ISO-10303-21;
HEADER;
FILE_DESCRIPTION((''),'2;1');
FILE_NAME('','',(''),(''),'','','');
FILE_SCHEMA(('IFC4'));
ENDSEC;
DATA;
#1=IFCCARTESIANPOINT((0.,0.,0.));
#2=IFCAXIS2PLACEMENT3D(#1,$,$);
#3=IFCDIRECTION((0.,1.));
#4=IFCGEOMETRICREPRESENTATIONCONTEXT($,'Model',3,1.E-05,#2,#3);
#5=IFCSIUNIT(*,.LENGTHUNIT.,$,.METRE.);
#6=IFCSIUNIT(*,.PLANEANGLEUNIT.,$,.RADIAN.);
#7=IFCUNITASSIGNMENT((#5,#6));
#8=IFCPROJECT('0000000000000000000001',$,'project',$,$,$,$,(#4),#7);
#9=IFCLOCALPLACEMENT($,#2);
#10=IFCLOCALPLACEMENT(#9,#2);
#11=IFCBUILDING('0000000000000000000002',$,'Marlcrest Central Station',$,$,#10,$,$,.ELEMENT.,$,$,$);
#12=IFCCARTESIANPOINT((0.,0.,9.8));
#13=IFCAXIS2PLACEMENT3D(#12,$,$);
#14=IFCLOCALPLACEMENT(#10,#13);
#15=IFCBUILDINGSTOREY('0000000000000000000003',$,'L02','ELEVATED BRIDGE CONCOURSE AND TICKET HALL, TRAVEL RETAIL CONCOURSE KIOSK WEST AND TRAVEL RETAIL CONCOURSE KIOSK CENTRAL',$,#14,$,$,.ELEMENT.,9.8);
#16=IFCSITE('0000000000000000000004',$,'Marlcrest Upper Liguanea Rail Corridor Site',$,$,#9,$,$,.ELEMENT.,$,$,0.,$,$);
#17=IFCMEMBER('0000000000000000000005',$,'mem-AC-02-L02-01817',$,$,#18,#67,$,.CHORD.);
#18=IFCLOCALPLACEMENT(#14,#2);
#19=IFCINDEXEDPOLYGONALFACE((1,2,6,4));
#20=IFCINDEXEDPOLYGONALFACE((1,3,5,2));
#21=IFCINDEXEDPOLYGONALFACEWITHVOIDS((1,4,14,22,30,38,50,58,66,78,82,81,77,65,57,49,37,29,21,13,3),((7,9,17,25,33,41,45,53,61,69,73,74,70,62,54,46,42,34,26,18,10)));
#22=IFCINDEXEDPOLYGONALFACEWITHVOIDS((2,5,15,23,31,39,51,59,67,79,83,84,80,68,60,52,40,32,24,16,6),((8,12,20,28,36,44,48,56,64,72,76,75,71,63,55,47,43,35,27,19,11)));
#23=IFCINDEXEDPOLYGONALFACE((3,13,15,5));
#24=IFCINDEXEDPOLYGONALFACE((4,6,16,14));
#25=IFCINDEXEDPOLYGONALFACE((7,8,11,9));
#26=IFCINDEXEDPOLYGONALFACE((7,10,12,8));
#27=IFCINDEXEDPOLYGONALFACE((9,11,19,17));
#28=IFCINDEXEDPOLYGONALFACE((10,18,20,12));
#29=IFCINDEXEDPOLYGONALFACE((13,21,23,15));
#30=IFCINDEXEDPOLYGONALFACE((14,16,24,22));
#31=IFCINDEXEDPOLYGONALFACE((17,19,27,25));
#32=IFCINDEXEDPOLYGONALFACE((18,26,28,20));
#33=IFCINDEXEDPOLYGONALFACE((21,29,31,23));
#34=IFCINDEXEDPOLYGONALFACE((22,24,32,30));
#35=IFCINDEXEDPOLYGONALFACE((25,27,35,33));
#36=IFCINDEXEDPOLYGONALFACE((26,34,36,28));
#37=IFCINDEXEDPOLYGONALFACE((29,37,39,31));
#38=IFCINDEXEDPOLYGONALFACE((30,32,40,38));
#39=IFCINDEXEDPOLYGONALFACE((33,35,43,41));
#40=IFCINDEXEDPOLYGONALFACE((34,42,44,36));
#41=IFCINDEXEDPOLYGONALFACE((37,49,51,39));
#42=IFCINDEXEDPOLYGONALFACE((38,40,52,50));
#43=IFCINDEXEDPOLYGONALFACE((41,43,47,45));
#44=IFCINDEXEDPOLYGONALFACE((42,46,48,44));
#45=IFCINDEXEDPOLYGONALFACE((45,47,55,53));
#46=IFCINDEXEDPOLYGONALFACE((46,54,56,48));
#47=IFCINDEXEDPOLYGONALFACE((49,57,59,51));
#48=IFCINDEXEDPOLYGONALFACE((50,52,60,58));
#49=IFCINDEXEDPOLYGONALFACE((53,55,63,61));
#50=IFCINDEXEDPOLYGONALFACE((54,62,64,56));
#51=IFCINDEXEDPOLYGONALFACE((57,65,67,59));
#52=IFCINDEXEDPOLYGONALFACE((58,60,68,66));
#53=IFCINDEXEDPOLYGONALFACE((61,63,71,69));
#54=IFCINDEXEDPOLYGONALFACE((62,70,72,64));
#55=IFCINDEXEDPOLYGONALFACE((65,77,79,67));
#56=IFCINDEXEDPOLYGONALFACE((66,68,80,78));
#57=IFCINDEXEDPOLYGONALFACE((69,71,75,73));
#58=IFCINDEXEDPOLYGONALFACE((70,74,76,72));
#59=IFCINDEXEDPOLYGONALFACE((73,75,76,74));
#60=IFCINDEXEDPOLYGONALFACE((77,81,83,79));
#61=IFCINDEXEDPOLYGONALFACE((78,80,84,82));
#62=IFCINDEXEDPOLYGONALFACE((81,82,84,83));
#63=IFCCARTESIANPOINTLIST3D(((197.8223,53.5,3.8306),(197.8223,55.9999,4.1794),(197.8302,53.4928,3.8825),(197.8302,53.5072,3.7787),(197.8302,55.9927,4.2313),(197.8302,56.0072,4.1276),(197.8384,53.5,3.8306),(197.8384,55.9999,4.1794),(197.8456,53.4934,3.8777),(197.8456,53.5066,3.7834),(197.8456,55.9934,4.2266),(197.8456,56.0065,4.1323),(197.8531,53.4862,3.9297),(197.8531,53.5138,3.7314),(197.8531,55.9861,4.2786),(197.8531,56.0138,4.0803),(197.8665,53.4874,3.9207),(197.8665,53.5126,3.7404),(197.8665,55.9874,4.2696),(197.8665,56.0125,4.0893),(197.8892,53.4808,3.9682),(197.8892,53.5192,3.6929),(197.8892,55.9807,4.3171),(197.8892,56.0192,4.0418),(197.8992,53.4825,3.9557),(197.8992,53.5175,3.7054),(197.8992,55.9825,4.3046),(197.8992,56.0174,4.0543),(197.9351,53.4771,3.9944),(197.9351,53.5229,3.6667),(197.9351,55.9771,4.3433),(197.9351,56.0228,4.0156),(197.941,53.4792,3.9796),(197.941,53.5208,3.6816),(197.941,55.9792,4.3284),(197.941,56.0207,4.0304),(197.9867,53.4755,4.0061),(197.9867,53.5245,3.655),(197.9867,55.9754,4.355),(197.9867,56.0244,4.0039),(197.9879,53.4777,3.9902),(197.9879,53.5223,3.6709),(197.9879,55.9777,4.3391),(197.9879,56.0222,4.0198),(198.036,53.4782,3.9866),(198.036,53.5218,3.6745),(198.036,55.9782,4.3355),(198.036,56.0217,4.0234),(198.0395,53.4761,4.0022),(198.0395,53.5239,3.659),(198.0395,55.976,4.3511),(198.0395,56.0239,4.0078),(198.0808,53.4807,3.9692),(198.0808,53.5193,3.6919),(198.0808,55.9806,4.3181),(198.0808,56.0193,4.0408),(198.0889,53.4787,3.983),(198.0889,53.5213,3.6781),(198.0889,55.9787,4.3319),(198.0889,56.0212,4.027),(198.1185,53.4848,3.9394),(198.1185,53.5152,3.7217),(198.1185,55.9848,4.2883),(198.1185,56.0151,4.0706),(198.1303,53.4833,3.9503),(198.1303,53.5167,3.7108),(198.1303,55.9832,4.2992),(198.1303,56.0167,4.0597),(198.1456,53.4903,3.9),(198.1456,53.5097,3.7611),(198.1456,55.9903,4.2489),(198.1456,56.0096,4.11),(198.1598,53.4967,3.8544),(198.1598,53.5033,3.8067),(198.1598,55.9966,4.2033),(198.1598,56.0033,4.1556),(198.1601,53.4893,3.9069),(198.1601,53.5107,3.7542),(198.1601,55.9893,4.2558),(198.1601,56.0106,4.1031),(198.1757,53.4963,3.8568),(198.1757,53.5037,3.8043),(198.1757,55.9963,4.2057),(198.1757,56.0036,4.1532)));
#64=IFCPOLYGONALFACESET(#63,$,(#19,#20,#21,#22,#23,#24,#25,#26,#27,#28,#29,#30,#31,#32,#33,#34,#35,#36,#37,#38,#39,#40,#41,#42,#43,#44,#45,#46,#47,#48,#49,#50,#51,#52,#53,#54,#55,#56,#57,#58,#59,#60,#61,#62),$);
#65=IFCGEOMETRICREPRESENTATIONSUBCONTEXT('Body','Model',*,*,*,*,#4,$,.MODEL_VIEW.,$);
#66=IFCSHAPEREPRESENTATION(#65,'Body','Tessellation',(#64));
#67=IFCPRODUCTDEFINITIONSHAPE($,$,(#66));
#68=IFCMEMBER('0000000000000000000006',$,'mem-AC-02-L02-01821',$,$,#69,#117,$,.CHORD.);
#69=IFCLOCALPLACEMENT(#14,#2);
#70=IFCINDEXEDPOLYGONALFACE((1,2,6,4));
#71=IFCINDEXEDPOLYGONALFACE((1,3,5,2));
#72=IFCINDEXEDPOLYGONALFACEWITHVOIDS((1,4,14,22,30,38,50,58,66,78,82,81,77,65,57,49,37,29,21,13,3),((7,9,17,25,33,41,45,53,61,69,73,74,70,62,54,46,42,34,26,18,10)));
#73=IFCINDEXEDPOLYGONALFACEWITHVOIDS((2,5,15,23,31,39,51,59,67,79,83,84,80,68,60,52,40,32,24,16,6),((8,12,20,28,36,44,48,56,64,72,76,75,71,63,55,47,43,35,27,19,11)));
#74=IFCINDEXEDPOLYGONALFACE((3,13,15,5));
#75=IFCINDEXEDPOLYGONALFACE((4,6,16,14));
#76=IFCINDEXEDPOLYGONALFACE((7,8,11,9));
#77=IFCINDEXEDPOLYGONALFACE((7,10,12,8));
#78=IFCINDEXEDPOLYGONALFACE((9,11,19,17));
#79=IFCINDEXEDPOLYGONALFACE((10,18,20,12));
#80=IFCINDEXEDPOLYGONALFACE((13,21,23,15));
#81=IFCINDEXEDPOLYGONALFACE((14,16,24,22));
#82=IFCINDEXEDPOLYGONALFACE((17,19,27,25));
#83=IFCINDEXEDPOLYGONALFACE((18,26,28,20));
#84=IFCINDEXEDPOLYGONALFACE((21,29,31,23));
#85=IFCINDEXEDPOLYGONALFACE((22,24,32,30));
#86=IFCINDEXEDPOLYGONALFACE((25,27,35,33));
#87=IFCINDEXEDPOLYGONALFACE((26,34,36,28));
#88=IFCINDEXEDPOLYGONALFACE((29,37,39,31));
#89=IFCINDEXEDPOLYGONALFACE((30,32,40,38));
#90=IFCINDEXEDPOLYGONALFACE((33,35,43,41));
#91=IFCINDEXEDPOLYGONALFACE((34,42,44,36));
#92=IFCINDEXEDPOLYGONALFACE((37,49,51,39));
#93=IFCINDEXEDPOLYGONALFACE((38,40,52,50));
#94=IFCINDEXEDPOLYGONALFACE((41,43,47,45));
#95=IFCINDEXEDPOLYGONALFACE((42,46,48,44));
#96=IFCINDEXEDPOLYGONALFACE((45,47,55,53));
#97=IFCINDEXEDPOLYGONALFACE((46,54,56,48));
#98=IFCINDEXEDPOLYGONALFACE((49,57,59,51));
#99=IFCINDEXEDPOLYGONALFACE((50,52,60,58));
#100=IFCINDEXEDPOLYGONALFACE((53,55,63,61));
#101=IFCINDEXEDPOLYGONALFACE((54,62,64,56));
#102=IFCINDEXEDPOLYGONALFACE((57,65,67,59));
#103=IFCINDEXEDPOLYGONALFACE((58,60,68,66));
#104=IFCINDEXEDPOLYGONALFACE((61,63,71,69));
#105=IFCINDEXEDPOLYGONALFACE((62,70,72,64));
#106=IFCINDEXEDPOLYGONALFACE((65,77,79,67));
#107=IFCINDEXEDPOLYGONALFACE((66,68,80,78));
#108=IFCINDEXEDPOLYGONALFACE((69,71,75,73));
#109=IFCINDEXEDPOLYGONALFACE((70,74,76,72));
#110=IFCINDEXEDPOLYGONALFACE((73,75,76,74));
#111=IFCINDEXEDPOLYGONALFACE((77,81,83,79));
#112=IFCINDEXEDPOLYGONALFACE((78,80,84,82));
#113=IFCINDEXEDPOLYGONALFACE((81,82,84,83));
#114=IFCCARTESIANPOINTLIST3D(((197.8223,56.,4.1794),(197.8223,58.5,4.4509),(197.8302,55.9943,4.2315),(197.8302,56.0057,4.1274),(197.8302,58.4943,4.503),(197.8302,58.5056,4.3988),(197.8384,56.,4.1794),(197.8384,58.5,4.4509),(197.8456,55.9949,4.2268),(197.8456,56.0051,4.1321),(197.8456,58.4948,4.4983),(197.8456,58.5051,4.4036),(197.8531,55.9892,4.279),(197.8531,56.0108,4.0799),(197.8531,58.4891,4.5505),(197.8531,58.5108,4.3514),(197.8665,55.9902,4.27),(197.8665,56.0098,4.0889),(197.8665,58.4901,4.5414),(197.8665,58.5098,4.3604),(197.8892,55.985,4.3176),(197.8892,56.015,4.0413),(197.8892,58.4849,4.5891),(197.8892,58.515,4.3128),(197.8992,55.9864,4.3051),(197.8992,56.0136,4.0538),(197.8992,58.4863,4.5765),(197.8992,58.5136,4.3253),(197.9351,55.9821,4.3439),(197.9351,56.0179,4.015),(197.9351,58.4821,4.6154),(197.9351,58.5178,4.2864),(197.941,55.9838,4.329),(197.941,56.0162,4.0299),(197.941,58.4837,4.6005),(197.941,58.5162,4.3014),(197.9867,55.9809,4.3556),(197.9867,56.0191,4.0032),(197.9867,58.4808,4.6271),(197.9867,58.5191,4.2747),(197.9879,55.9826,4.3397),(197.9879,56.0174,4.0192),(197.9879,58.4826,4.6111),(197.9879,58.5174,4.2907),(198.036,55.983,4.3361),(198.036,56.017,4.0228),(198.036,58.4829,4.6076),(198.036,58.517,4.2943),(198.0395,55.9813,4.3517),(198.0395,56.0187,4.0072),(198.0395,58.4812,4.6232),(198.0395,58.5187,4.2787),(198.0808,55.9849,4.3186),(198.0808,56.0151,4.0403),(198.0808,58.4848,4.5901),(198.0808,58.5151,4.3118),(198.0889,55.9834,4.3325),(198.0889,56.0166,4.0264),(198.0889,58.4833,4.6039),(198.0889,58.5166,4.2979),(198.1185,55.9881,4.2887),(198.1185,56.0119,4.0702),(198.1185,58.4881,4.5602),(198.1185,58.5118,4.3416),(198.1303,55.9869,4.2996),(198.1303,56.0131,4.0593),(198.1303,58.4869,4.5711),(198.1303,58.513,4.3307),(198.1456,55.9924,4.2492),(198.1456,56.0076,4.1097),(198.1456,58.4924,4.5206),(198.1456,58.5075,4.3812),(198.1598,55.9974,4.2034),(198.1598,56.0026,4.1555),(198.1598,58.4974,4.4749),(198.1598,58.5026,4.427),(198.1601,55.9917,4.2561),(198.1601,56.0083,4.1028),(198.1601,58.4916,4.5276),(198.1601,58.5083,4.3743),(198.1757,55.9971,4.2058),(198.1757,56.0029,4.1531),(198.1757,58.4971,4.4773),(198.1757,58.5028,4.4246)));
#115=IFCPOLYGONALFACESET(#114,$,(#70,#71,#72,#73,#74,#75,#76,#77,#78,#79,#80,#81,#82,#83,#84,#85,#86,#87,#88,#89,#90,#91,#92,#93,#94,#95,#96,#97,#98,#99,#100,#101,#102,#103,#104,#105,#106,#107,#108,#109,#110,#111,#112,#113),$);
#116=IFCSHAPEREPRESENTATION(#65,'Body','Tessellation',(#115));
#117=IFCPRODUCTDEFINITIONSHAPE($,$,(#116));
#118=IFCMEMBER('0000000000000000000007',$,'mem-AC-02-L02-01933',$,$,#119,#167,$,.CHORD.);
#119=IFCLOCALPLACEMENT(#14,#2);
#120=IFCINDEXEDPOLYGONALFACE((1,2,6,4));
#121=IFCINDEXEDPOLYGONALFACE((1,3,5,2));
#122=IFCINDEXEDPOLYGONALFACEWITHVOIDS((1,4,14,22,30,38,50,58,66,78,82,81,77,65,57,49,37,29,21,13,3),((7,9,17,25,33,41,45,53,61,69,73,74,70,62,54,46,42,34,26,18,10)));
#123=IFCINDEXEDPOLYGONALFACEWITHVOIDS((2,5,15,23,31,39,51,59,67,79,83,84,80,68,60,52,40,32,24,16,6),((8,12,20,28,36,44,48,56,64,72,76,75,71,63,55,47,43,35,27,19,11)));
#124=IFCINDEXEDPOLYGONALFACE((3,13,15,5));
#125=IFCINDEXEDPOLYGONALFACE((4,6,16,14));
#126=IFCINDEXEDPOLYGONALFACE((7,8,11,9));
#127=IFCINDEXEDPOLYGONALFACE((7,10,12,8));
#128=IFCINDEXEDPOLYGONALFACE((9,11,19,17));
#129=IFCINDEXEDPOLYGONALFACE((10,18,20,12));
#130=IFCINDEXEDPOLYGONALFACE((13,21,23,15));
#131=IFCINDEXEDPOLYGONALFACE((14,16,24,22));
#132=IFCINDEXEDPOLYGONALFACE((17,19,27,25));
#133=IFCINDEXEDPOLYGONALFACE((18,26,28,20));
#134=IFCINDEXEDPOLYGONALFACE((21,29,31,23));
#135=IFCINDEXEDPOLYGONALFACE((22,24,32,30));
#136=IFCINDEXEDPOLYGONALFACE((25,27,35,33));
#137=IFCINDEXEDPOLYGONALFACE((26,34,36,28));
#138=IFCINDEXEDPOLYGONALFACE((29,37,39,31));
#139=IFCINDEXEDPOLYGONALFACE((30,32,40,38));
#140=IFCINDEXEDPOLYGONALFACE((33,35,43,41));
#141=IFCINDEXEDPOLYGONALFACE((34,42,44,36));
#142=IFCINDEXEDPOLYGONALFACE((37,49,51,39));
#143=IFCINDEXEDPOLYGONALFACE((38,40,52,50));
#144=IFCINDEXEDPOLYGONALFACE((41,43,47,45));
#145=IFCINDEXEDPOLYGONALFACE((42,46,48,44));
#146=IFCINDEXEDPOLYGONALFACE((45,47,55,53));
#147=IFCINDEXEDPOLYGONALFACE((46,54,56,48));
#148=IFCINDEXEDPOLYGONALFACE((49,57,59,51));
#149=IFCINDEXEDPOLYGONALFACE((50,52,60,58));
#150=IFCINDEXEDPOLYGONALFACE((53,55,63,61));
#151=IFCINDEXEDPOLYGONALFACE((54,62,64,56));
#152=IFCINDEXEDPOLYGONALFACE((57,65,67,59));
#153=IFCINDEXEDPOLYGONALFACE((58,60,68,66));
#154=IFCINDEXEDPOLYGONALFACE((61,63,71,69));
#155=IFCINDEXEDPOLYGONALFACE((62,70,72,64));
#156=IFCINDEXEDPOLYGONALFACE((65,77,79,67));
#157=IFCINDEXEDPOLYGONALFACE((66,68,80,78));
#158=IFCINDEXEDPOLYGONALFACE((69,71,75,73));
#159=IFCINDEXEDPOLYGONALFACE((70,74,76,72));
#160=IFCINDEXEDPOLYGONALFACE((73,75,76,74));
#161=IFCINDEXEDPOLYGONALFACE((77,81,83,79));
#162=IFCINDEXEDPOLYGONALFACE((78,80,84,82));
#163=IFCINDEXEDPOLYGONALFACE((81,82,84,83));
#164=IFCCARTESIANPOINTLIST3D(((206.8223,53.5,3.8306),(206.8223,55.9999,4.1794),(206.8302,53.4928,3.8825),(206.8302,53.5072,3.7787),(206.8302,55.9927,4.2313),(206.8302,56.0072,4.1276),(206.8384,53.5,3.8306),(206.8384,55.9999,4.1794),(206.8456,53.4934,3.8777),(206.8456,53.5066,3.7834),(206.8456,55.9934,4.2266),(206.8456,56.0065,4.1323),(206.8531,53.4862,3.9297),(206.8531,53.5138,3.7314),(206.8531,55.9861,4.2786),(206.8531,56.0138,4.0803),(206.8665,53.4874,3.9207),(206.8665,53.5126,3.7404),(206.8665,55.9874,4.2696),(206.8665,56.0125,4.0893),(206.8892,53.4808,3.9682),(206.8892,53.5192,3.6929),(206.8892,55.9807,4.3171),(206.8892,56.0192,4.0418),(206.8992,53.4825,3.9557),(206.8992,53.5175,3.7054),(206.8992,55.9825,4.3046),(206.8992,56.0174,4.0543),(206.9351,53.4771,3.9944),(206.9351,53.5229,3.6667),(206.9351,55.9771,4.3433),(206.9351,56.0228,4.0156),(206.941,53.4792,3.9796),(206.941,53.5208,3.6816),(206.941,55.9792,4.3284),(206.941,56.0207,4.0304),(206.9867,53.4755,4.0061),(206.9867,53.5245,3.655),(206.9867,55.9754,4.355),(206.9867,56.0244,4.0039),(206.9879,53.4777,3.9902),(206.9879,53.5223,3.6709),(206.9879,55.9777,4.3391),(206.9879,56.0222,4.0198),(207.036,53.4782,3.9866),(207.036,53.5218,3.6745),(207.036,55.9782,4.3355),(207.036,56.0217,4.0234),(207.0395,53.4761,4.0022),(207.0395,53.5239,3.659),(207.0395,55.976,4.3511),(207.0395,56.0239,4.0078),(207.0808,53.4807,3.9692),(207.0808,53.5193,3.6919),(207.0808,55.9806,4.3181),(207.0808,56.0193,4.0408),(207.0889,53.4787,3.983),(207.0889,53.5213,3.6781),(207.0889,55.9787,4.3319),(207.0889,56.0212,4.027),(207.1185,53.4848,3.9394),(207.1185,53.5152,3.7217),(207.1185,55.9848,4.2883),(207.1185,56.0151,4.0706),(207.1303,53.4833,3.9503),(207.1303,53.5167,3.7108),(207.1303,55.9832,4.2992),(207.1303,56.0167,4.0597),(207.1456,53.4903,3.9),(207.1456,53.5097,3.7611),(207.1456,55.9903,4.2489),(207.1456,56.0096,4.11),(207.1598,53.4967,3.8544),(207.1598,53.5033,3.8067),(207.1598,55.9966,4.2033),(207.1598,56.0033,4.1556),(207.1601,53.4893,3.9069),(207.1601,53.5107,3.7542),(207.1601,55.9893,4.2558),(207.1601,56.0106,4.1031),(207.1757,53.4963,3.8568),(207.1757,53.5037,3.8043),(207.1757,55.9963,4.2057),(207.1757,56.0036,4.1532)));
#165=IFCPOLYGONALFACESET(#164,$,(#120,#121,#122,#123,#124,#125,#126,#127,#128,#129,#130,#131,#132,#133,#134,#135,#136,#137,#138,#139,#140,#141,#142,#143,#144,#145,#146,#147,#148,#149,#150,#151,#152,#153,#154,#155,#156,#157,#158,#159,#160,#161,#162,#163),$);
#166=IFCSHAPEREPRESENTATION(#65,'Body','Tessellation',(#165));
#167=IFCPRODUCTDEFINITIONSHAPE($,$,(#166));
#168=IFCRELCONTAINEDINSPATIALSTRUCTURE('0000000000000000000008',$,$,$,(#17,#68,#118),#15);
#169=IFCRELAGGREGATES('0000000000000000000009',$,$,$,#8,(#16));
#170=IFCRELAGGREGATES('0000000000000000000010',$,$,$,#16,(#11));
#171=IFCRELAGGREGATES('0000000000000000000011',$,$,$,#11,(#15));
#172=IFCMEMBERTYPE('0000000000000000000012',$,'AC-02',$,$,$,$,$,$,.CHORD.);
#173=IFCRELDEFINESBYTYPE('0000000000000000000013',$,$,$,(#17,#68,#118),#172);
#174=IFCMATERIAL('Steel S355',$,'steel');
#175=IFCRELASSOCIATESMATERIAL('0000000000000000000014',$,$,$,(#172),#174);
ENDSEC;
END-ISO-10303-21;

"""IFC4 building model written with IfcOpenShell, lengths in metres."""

from ifc_helpers import new_model, si_unit, direction, frame, origin, origin_2d, place, context, subcontext, project, spatial, hollow_circle, extrude, material, material_profile, profile_set, type_object, element, save


model = new_model("IFC4")

# Units and contexts
model_context = context("Model", 3, precision=1e-05, world=origin(), true_north=direction((0.0, 1.0)))
body_context = subcontext(model_context, "Body", "Model", "MODEL_VIEW")
ifc_project = project(units=[si_unit("LENGTHUNIT", "METRE"), si_unit("PLANEANGLEUNIT", "RADIAN")], contexts=[model_context])

# Site, building, storey
site_placement = place(None, origin())
site = spatial("IfcSite", under=ifc_project, at=site_placement, Name="Marlcrest Upper Liguanea Rail Corridor Site", CompositionType="ELEMENT", RefElevation=0.0)
building_placement = place(site_placement, origin())
building = spatial("IfcBuilding", under=site, at=building_placement, Name="Marlcrest Central Station", CompositionType="ELEMENT")
storey_placement = place(building_placement, frame((0.0, 0.0, 9.8)))
storey = spatial("IfcBuildingStorey", under=building, at=storey_placement, Name="L02", Description="ELEVATED BRIDGE CONCOURSE AND TICKET HALL, TRAVEL RETAIL CONCOURSE KIOSK WEST AND TRAVEL RETAIL CONCOURSE KIOSK CENTRAL", CompositionType="ELEMENT", Elevation=9.8)

# Members
ifc_material = material(Name="Steel S355", Category="steel")
ifc_material_profile_1 = material_profile(ifc_material, hollow_circle(Radius=0.1777, WallThickness=0.0161, at=origin_2d()), Name="CHS 355.6x16")
ifc_profile_set_1 = profile_set([ifc_material_profile_1], Name="Steel S355")
member_type_1 = type_object("IfcMemberType", Name="AC-02", PredefinedType="CHORD", material=ifc_profile_set_1)
member_1_placement = place(storey_placement, frame((198.0, 53.5, 3.8306), z_axis=(0.0, 0.990403, 0.138211), x_axis=(-1.0, 0.0, 0.0)))
element("IfcMember", 1, at=member_1_placement, inside=storey, type_object=member_type_1, Name="mem-AC-02-L02-01817", PredefinedType="CHORD", context=body_context, shape_type="SweptSolid", body=[
    extrude(hollow_circle(Radius=0.1777, WallThickness=0.0161, at=origin_2d()), origin(), (0.0, 0.0, 1.0), 2.5242),
])
member_2_placement = place(storey_placement, frame((198.0, 56.0, 4.1794), z_axis=(0.0, 0.994155, 0.107959), x_axis=(-1.0, 0.0, 0.0)))
element("IfcMember", 2, at=member_2_placement, inside=storey, type_object=member_type_1, Name="mem-AC-02-L02-01821", PredefinedType="CHORD", context=body_context, shape_type="SweptSolid", body=[
    extrude(hollow_circle(Radius=0.1777, WallThickness=0.0161, at=origin_2d()), origin(), (0.0, 0.0, 1.0), 2.5146),
])
member_3_placement = place(storey_placement, frame((207.0, 53.5, 3.8306), z_axis=(0.0, 0.990403, 0.138211), x_axis=(-1.0, 0.0, 0.0)))
element("IfcMember", 3, at=member_3_placement, inside=storey, type_object=member_type_1, Name="mem-AC-02-L02-01933", PredefinedType="CHORD", context=body_context, shape_type="SweptSolid", body=[
    extrude(hollow_circle(Radius=0.1777, WallThickness=0.0161, at=origin_2d()), origin(), (0.0, 0.0, 1.0), 2.5242),
])

save(model, "model.ifc")
